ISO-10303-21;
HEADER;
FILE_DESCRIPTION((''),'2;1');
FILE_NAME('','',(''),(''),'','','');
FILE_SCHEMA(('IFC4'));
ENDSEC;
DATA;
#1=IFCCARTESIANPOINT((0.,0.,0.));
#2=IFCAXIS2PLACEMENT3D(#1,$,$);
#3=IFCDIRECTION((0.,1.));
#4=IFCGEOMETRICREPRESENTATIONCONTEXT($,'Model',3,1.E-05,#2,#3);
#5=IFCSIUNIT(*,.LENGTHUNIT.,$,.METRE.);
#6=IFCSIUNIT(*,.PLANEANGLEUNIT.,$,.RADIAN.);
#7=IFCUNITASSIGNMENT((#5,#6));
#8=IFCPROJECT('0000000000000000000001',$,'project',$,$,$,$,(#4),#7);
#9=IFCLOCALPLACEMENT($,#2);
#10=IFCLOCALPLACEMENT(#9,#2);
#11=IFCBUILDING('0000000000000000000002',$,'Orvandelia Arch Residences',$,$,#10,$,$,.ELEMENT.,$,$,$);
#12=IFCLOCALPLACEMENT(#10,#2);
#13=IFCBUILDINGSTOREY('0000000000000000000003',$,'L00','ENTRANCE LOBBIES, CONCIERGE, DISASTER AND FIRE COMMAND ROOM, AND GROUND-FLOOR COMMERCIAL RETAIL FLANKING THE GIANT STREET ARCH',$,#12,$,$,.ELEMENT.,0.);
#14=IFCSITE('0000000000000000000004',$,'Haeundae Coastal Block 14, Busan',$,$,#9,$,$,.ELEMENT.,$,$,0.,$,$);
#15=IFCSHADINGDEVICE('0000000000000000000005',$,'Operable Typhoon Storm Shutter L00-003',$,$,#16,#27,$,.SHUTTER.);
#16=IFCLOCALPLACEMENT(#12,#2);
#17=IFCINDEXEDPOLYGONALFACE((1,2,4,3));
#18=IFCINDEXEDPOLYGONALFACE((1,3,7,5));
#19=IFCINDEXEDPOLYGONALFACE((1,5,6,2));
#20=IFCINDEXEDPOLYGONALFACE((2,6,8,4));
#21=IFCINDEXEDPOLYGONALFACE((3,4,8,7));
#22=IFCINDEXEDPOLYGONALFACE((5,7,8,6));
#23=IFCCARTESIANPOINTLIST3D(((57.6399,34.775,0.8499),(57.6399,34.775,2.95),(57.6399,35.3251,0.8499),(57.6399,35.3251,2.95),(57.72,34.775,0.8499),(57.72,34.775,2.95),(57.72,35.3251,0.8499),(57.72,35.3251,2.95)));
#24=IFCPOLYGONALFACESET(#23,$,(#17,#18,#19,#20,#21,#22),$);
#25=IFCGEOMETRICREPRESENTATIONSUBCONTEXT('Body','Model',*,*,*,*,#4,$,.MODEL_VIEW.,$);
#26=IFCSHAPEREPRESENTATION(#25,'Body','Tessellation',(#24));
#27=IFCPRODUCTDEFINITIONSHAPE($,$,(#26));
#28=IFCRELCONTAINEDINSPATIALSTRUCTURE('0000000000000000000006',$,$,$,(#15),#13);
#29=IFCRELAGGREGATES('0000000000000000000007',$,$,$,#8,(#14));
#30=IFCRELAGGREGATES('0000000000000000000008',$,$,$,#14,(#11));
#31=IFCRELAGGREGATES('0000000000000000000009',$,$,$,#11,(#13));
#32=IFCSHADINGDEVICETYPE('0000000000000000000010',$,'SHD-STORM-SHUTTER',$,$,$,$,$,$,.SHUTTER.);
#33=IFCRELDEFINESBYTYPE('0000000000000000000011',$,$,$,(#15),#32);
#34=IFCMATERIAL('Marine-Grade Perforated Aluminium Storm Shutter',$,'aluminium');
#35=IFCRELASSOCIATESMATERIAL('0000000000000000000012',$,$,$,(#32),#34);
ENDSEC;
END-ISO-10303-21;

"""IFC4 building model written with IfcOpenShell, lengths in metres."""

from ifc_helpers import new_model, si_unit, direction, frame, origin, origin_2d, place, context, subcontext, project, spatial, rectangle, extrude, material, type_object, element, save


model = new_model("IFC4")

# Units and contexts
model_context = context("Model", 3, precision=1e-05, world=origin(), true_north=direction((0.0, 1.0)))
body_context = subcontext(model_context, "Body", "Model", "MODEL_VIEW")
ifc_project = project(units=[si_unit("LENGTHUNIT", "METRE"), si_unit("PLANEANGLEUNIT", "RADIAN")], contexts=[model_context])

# Site, building, storey
site_placement = place(None, origin())
site = spatial("IfcSite", under=ifc_project, at=site_placement, Name="Haeundae Coastal Block 14, Busan", CompositionType="ELEMENT", RefElevation=0.0)
building_placement = place(site_placement, origin())
building = spatial("IfcBuilding", under=site, at=building_placement, Name="Orvandelia Arch Residences", CompositionType="ELEMENT")
storey_placement = place(building_placement, origin())
storey = spatial("IfcBuildingStorey", under=building, at=storey_placement, Name="L00", Description="ENTRANCE LOBBIES, CONCIERGE, DISASTER AND FIRE COMMAND ROOM, AND GROUND-FLOOR COMMERCIAL RETAIL FLANKING THE GIANT STREET ARCH", CompositionType="ELEMENT", Elevation=0.0)

# Shading device
ifc_material_1 = material(Name="Marine-Grade Perforated Aluminium Storm Shutter", Category="aluminium")
shading_device_type_1 = type_object("IfcShadingDeviceType", Name="SHD-STORM-SHUTTER", PredefinedType="SHUTTER", material=ifc_material_1)
shading_device_1_placement = place(storey_placement, frame((57.6799, 35.05, 0.8499), z_axis=(0.0, 0.0, 1.0), x_axis=(0.0, -1.0, 0.0)))
element("IfcShadingDevice", 1, at=shading_device_1_placement, inside=storey, type_object=shading_device_type_1, Name="Operable Typhoon Storm Shutter L00-003", PredefinedType="SHUTTER", context=body_context, shape_type="SweptSolid", body=[
    extrude(rectangle(XDim=0.55, YDim=0.0801, at=origin_2d()), origin(), (0.0, 0.0, 1.0), 2.1001),
])

save(model, "model.ifc")
